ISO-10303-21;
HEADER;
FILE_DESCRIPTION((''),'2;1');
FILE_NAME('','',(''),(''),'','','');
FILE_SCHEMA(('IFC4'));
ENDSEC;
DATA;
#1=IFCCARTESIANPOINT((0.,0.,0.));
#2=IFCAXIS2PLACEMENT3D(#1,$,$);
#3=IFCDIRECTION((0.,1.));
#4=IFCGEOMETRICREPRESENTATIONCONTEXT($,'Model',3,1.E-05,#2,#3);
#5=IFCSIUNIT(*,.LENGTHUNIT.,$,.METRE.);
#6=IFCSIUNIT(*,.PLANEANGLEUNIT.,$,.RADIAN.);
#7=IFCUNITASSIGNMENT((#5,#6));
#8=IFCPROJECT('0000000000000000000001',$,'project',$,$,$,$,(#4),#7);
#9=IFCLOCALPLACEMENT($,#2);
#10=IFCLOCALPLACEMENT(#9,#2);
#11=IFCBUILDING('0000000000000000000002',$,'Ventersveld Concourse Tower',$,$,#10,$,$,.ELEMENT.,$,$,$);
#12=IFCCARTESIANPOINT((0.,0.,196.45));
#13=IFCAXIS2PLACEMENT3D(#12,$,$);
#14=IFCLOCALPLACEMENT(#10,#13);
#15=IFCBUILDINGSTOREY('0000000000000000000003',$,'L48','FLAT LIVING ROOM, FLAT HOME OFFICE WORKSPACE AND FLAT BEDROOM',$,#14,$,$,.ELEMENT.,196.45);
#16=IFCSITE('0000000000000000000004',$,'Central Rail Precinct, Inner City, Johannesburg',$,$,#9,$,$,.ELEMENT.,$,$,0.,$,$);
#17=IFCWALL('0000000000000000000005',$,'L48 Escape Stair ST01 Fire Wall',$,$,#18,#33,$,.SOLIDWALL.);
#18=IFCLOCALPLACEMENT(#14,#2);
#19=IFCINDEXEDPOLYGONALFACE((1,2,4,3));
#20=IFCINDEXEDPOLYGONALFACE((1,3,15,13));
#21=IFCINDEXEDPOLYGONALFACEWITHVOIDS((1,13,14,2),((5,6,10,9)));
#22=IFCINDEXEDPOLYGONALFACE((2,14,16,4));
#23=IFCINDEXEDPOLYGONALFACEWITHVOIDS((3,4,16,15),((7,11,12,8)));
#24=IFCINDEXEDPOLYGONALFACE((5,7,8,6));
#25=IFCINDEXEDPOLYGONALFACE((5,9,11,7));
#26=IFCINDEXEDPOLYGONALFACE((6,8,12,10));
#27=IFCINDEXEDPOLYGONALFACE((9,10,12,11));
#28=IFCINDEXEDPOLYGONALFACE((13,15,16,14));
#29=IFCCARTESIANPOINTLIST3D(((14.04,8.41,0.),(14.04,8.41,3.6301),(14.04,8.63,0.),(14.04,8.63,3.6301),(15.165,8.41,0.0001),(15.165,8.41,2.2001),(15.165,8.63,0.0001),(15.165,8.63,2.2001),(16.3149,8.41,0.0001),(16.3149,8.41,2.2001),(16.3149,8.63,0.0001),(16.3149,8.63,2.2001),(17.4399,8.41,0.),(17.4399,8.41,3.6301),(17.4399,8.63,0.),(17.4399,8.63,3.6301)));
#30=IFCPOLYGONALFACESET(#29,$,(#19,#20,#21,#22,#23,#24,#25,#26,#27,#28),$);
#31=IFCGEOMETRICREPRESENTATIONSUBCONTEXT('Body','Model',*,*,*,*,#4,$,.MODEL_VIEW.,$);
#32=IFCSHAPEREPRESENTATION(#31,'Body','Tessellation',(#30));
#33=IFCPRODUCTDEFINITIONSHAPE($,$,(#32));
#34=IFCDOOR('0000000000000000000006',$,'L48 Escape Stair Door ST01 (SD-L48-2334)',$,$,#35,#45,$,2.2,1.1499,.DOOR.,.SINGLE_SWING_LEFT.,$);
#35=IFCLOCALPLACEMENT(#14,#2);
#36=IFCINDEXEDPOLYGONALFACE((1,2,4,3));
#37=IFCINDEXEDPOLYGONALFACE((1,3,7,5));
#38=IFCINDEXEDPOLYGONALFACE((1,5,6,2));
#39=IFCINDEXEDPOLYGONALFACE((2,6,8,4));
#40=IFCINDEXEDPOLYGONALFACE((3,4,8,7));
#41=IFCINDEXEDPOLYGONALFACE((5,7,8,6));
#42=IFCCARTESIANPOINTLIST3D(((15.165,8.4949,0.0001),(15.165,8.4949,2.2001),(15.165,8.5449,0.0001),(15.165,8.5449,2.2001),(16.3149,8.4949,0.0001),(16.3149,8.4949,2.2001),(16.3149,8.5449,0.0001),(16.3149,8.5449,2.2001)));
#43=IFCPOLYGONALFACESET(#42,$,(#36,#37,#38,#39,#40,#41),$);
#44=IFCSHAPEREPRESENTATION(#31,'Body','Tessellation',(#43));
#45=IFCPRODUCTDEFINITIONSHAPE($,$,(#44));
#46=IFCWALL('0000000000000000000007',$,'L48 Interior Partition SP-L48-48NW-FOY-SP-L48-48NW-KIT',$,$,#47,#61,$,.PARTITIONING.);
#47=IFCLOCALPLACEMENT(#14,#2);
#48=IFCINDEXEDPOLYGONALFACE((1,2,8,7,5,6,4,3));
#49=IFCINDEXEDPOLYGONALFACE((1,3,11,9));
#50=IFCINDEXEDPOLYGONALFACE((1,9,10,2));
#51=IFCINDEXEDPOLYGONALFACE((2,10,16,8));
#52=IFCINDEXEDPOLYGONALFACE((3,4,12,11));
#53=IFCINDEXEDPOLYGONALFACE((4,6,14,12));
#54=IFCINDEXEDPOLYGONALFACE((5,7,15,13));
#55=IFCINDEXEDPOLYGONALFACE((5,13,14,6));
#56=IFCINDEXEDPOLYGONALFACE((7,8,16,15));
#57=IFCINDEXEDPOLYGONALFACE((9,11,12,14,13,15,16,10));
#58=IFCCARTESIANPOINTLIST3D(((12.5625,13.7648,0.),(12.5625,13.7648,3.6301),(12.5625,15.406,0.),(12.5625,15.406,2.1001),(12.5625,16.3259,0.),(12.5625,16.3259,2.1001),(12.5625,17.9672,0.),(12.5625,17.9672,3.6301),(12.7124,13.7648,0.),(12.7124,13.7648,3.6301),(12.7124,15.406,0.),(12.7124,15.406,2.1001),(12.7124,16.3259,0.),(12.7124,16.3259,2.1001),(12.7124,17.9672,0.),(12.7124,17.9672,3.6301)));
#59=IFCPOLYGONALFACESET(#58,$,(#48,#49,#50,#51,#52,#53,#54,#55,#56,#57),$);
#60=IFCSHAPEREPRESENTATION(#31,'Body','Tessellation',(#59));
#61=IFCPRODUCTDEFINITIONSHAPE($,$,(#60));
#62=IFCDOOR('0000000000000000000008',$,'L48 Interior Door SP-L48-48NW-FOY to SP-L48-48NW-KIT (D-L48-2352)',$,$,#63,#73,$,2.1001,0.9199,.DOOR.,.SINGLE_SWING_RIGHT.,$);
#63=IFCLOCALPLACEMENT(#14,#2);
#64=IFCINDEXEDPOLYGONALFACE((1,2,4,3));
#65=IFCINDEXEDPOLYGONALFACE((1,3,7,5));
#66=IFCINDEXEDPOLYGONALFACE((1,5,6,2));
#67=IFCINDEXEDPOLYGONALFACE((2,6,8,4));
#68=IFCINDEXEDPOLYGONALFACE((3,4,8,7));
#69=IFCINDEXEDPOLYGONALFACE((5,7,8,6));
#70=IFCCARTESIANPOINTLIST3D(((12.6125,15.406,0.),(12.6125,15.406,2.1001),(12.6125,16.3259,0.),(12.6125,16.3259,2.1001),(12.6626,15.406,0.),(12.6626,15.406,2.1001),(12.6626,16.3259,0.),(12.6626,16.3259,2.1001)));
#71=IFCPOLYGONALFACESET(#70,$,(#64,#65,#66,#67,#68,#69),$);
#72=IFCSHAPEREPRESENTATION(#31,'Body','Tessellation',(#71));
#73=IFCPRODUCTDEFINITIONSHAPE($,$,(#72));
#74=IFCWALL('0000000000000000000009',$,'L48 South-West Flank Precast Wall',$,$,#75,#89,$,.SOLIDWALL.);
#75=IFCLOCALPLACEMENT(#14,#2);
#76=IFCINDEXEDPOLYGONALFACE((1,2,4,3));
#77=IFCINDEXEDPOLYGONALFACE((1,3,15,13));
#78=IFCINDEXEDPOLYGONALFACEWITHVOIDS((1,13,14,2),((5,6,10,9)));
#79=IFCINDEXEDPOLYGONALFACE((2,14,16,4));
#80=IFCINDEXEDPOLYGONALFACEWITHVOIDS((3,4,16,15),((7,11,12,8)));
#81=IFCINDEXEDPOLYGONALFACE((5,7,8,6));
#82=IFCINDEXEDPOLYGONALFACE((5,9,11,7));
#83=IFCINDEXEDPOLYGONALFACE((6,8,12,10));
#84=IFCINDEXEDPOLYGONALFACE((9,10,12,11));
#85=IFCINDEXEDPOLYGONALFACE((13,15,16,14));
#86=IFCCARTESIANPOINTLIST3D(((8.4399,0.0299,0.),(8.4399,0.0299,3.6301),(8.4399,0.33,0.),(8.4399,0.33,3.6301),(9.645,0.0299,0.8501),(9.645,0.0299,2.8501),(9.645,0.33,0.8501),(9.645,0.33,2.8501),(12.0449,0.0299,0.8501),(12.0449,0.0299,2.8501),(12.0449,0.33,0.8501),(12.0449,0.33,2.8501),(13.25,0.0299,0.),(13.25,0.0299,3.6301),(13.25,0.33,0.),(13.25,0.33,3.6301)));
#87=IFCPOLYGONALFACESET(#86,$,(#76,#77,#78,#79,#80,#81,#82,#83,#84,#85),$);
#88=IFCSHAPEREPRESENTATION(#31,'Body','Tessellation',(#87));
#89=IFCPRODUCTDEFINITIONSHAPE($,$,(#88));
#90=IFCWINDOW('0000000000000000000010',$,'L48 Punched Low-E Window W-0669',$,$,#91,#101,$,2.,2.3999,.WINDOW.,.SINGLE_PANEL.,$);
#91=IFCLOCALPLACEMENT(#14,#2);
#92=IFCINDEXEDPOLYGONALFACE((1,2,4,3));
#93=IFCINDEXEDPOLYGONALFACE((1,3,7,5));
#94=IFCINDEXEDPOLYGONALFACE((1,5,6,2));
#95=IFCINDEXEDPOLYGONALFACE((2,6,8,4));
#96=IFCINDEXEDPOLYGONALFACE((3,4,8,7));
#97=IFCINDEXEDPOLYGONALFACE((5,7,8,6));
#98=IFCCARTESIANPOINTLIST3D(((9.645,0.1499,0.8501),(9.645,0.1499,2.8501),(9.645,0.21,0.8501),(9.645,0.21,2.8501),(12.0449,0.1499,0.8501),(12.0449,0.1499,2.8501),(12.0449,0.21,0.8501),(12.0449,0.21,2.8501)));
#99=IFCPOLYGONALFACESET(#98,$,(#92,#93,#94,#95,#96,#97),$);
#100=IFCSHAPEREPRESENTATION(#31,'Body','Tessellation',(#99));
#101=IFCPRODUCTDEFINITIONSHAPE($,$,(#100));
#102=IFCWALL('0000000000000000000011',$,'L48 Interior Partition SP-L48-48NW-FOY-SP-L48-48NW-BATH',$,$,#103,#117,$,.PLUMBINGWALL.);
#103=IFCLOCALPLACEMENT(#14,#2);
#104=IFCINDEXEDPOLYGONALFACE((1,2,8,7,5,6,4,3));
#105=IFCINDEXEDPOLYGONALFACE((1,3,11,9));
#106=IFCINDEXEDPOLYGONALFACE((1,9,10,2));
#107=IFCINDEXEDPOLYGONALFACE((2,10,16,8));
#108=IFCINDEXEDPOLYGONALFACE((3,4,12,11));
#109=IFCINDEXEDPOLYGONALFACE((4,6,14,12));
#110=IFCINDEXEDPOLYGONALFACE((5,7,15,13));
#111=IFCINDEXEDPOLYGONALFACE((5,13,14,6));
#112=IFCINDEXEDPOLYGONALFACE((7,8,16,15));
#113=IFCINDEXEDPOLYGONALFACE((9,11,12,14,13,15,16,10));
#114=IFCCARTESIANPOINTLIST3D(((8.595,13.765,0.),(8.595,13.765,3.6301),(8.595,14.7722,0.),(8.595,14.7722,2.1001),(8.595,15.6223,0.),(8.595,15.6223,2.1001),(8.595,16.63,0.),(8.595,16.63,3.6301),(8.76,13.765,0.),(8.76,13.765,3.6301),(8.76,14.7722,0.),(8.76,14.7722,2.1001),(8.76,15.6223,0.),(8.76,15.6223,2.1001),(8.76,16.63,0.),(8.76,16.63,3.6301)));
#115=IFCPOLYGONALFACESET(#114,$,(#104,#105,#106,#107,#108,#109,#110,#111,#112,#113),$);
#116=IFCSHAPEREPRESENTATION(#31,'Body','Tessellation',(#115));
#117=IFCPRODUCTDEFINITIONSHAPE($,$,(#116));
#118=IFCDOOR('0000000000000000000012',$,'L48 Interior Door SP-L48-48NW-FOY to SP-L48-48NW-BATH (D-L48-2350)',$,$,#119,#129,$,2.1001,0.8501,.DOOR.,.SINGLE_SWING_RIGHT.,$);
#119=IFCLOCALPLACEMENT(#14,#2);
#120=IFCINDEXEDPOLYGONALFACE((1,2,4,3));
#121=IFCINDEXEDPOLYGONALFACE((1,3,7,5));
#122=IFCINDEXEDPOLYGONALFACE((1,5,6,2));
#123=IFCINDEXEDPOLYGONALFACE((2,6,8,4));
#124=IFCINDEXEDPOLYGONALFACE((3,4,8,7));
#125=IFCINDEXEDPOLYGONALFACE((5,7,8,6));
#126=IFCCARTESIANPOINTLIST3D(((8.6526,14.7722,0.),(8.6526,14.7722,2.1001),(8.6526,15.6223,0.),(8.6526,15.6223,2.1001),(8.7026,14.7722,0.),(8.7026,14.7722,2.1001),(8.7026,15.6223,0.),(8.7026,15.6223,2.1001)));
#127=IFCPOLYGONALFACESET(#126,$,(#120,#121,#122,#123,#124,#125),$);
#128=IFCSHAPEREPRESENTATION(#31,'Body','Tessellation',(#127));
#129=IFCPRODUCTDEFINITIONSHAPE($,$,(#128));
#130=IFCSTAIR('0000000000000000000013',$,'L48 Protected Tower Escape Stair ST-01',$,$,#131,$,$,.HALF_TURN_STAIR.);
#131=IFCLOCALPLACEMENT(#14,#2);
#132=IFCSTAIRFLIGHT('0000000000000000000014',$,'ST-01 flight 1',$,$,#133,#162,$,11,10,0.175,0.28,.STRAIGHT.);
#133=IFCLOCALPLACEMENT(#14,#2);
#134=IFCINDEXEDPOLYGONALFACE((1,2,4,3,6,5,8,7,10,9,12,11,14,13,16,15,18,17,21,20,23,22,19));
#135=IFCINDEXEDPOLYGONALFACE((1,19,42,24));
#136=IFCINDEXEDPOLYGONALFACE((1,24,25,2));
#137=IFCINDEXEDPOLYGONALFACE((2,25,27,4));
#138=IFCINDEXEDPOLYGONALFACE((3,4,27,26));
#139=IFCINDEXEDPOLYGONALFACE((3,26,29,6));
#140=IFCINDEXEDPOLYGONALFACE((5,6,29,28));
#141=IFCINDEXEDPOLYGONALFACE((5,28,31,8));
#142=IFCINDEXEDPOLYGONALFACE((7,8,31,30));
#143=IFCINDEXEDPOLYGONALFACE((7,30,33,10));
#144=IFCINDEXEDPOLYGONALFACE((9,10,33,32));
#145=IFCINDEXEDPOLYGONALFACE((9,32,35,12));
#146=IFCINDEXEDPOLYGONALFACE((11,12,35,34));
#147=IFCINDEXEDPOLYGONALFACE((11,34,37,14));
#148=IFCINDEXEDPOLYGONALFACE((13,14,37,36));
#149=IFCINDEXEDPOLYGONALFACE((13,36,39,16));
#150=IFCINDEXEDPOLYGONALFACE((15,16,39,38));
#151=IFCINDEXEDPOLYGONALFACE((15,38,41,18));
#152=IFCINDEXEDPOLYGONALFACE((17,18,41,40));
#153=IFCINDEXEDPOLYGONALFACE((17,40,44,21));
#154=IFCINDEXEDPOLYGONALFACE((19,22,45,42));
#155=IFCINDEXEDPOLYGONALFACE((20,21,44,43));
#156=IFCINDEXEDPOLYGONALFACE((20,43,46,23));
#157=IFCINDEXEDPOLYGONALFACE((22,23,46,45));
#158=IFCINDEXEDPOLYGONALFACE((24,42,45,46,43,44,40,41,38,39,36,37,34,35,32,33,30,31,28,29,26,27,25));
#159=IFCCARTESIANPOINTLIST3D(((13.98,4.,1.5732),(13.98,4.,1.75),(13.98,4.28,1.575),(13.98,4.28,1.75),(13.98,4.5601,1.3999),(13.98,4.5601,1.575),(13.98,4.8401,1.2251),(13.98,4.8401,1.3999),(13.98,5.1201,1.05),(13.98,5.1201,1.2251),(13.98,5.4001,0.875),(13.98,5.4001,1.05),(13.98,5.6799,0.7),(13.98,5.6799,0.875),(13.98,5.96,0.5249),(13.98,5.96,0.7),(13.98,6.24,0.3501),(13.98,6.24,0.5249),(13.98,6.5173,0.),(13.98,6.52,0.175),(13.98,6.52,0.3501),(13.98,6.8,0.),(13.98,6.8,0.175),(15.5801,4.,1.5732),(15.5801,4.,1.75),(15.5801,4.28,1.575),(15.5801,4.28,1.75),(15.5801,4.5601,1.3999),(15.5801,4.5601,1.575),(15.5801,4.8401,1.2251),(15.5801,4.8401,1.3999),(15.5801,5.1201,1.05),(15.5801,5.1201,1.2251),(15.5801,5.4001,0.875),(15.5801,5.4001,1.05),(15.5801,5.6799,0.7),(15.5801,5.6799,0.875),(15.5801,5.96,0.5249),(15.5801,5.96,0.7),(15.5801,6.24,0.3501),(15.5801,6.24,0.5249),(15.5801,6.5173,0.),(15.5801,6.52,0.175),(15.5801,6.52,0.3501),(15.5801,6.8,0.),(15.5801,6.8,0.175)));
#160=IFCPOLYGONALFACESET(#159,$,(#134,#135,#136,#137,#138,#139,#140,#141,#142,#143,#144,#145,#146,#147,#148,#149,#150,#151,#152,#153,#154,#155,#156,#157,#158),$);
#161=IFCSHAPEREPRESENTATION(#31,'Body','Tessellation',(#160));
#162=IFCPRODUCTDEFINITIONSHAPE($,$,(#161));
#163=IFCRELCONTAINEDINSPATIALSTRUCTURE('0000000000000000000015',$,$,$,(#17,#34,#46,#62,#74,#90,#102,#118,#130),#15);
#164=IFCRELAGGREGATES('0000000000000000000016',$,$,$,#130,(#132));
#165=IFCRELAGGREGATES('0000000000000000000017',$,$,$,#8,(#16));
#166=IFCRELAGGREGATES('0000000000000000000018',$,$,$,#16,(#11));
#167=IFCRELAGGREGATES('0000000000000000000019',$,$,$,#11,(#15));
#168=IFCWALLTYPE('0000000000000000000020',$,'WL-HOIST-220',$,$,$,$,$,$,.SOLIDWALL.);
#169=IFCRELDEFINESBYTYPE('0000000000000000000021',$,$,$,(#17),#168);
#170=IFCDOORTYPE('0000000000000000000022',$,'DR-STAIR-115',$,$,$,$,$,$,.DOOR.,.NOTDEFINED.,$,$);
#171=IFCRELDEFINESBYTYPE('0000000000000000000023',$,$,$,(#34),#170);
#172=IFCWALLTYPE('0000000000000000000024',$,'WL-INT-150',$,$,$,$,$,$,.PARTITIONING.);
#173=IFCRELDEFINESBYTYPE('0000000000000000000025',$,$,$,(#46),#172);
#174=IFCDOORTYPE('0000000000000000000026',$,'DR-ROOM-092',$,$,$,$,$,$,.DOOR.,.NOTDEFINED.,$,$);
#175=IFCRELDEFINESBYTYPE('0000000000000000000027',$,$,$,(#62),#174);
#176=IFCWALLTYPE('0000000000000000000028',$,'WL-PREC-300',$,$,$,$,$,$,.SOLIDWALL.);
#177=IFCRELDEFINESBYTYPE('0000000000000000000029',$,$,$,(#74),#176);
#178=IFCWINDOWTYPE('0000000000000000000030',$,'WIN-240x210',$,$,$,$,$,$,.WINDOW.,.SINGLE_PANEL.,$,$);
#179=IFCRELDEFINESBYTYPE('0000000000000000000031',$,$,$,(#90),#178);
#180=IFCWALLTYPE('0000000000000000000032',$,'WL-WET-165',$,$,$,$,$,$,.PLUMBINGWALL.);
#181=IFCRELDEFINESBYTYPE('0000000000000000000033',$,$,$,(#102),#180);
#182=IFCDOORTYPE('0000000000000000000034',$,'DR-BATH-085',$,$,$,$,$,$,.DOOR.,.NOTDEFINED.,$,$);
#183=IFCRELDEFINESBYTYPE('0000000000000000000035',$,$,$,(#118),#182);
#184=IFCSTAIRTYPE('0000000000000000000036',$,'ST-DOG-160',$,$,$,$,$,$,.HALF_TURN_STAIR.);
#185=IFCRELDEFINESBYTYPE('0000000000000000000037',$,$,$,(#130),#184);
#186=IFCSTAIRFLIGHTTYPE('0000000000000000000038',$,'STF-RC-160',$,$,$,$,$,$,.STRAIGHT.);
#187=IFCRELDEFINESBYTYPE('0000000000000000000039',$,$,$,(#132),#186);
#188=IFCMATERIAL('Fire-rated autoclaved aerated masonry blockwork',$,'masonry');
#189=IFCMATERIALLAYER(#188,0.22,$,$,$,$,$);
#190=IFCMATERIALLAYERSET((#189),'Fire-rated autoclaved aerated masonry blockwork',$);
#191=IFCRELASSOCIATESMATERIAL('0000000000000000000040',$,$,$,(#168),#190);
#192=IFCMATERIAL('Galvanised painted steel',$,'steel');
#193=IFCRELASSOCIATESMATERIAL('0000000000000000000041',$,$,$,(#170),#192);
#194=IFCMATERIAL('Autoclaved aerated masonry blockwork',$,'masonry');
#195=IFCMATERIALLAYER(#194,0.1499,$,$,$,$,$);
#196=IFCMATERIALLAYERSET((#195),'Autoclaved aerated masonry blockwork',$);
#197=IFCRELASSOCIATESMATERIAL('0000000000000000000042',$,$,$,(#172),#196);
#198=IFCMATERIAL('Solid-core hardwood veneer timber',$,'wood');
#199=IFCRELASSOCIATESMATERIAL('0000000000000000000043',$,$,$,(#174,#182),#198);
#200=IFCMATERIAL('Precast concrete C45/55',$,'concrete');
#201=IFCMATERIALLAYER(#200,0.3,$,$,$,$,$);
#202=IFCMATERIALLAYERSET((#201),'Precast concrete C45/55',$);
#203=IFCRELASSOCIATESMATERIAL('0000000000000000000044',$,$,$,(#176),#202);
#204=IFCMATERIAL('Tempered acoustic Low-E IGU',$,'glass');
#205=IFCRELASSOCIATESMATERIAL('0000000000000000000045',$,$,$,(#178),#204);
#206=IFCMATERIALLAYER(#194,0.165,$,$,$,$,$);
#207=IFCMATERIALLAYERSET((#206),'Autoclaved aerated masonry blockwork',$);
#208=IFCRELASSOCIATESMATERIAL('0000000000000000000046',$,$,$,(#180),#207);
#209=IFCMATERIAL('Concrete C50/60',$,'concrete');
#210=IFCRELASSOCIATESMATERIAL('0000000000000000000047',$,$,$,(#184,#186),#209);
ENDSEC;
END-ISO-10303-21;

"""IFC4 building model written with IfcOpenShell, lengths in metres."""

from ifc_helpers import new_model, si_unit, direction, frame, frame_2d, origin, place, context, subcontext, project, spatial, polyline, rectangle, outline, extrude, material, layer, layer_set, type_object, element, fill, aggregate, save


model = new_model("IFC4")

# Units and contexts
model_context = context("Model", 3, precision=1e-05, world=origin(), true_north=direction((0.0, 1.0)))
body_context = subcontext(model_context, "Body", "Model", "MODEL_VIEW")
ifc_project = project(units=[si_unit("LENGTHUNIT", "METRE"), si_unit("PLANEANGLEUNIT", "RADIAN")], contexts=[model_context])

# Site, building, storey
site_placement = place(None, origin())
site = spatial("IfcSite", under=ifc_project, at=site_placement, Name="Central Rail Precinct, Inner City, Johannesburg", CompositionType="ELEMENT", RefElevation=0.0)
building_placement = place(site_placement, origin())
building = spatial("IfcBuilding", under=site, at=building_placement, Name="Ventersveld Concourse Tower", CompositionType="ELEMENT")
storey_placement = place(building_placement, frame((0.0, 0.0, 196.45)))
storey = spatial("IfcBuildingStorey", under=building, at=storey_placement, Name="L48", Description="FLAT LIVING ROOM, FLAT HOME OFFICE WORKSPACE AND FLAT BEDROOM", CompositionType="ELEMENT", Elevation=196.45)

# Shared definitions
ifc_material_1 = material(Name="Concrete C50/60", Category="concrete")

# Walls, openings, doors
ifc_material_2 = material(Name="Fire-rated autoclaved aerated masonry blockwork", Category="masonry")
ifc_layer_1 = layer(ifc_material_2, 0.22)
ifc_layer_set_1 = layer_set([ifc_layer_1], Name="Fire-rated autoclaved aerated masonry blockwork")
wall_type_1 = type_object("IfcWallType", Name="WL-HOIST-220", PredefinedType="SOLIDWALL", material=ifc_layer_set_1)
wall_1_placement = place(storey_placement, frame((14.04, 8.52, 0.0), z_axis=(0.0, 0.0, 1.0), x_axis=(1.0, 0.0, 0.0)))
wall_1 = element("IfcWall", 1, at=wall_1_placement, inside=storey, type_object=wall_type_1, Name="L48 Escape Stair ST01 Fire Wall", PredefinedType="SOLIDWALL", context=body_context, shape_type="SweptSolid", body=[
    extrude(rectangle(XDim=3.3999, YDim=0.22, at=frame_2d((1.7, 0.0))), origin(), (0.0, 0.0, 1.0), 3.6301),
])
opening_1_placement = place(wall_1_placement, frame((1.125, 0.0, 0.0)))
opening_1 = element("IfcOpeningElement", 2, at=opening_1_placement, cuts=wall_1, PredefinedType="OPENING", context=body_context, shape_type="SweptSolid", body=[
    extrude(rectangle(XDim=1.1499, YDim=2.2, at=frame_2d((0.575, 1.1001))), frame((0.0, 0.1201, 0.0), z_axis=(0.0, -1.0, 0.0), x_axis=(1.0, 0.0, 0.0)), (0.0, 0.0, 1.0), 0.24),
])
ifc_material_3 = material(Name="Galvanised painted steel", Category="steel")
door_type_1 = type_object("IfcDoorType", Name="DR-STAIR-115", OperationType="NOTDEFINED", PredefinedType="DOOR", material=ifc_material_3)
door_1_placement = place(opening_1_placement, origin())
door_1 = element("IfcDoor", 3, at=door_1_placement, inside=storey, type_object=door_type_1, Name="L48 Escape Stair Door ST01 (SD-L48-2334)", OperationType="SINGLE_SWING_LEFT", OverallHeight=2.2, OverallWidth=1.1499, PredefinedType="DOOR", context=body_context, shape_type="SweptSolid", body=[
    extrude(rectangle(XDim=1.1499, YDim=2.2, at=frame_2d((0.575, 1.1001))), frame((0.0, 0.0249, 0.0), z_axis=(0.0, -1.0, 0.0), x_axis=(1.0, 0.0, 0.0)), (0.0, 0.0, 1.0), 0.05),
])
fill(opening_1, door_1)
ifc_material_4 = material(Name="Autoclaved aerated masonry blockwork", Category="masonry")
ifc_layer_2 = layer(ifc_material_4, 0.1499)
ifc_layer_set_2 = layer_set([ifc_layer_2], Name="Autoclaved aerated masonry blockwork")
wall_type_2 = type_object("IfcWallType", Name="WL-INT-150", PredefinedType="PARTITIONING", material=ifc_layer_set_2)
wall_2_placement = place(storey_placement, frame((12.6375, 13.7649, 0.0), z_axis=(0.0, 0.0, 1.0), x_axis=(0.0, 1.0, 0.0)))
wall_2 = element("IfcWall", 4, at=wall_2_placement, inside=storey, type_object=wall_type_2, Name="L48 Interior Partition SP-L48-48NW-FOY-SP-L48-48NW-KIT", PredefinedType="PARTITIONING", context=body_context, shape_type="SweptSolid", body=[
    extrude(rectangle(XDim=4.2024, YDim=0.1499, at=frame_2d((2.1011, 0.0))), origin(), (0.0, 0.0, 1.0), 3.6301),
])
opening_2_placement = place(wall_2_placement, frame((1.6411, 0.0, 0.0)))
opening_2 = element("IfcOpeningElement", 5, at=opening_2_placement, cuts=wall_2, PredefinedType="OPENING", context=body_context, shape_type="SweptSolid", body=[
    extrude(rectangle(XDim=0.9199, YDim=2.1001, at=frame_2d((0.46, 1.05))), frame((0.0, 0.085, 0.0), z_axis=(0.0, -1.0, 0.0), x_axis=(1.0, 0.0, 0.0)), (0.0, 0.0, 1.0), 0.1699),
])
ifc_material_5 = material(Name="Solid-core hardwood veneer timber", Category="wood")
door_type_2 = type_object("IfcDoorType", Name="DR-ROOM-092", OperationType="NOTDEFINED", PredefinedType="DOOR", material=ifc_material_5)
door_2_placement = place(opening_2_placement, origin())
door_2 = element("IfcDoor", 6, at=door_2_placement, inside=storey, type_object=door_type_2, Name="L48 Interior Door SP-L48-48NW-FOY to SP-L48-48NW-KIT (D-L48-2352)", OperationType="SINGLE_SWING_RIGHT", OverallHeight=2.1001, OverallWidth=0.9199, PredefinedType="DOOR", context=body_context, shape_type="SweptSolid", body=[
    extrude(rectangle(XDim=0.9199, YDim=2.1001, at=frame_2d((0.46, 1.05))), frame((0.0, 0.0249, 0.0), z_axis=(0.0, -1.0, 0.0), x_axis=(1.0, 0.0, 0.0)), (0.0, 0.0, 1.0), 0.05),
])
fill(opening_2, door_2)

# Wall, opening, window
ifc_material_6 = material(Name="Precast concrete C45/55", Category="concrete")
ifc_layer_3 = layer(ifc_material_6, 0.3)
ifc_layer_set_3 = layer_set([ifc_layer_3], Name="Precast concrete C45/55")
wall_type_3 = type_object("IfcWallType", Name="WL-PREC-300", PredefinedType="SOLIDWALL", material=ifc_layer_set_3)
wall_3_placement = place(storey_placement, frame((8.4399, 0.1799, 0.0), z_axis=(0.0, 0.0, 1.0), x_axis=(1.0, 0.0, 0.0)))
wall_3 = element("IfcWall", 7, at=wall_3_placement, inside=storey, type_object=wall_type_3, Name="L48 South-West Flank Precast Wall", PredefinedType="SOLIDWALL", context=body_context, shape_type="SweptSolid", body=[
    extrude(rectangle(XDim=4.8101, YDim=0.3, at=frame_2d((2.405, 0.0))), origin(), (0.0, 0.0, 1.0), 3.6301),
])
opening_3_placement = place(wall_3_placement, frame((1.2051, 0.0, 0.8501)))
opening_3 = element("IfcOpeningElement", 8, at=opening_3_placement, cuts=wall_3, PredefinedType="OPENING", context=body_context, shape_type="SweptSolid", body=[
    extrude(rectangle(XDim=2.3999, YDim=2.0, at=frame_2d((1.2, 1.0))), frame((0.0, 0.1602, 0.0), z_axis=(0.0, -1.0, 0.0), x_axis=(1.0, 0.0, 0.0)), (0.0, 0.0, 1.0), 0.3201),
])
ifc_material_7 = material(Name="Tempered acoustic Low-E IGU", Category="glass")
window_type = type_object("IfcWindowType", Name="WIN-240x210", PartitioningType="SINGLE_PANEL", PredefinedType="WINDOW", material=ifc_material_7)
window_placement = place(opening_3_placement, origin())
window = element("IfcWindow", 9, at=window_placement, inside=storey, type_object=window_type, Name="L48 Punched Low-E Window W-0669", OverallHeight=2.0, OverallWidth=2.3999, PartitioningType="SINGLE_PANEL", PredefinedType="WINDOW", context=body_context, shape_type="SweptSolid", body=[
    extrude(rectangle(XDim=2.3999, YDim=2.0, at=frame_2d((1.2, 1.0))), frame((0.0, 0.03, 0.0), z_axis=(0.0, -1.0, 0.0), x_axis=(1.0, 0.0, 0.0)), (0.0, 0.0, 1.0), 0.0601),
])
fill(opening_3, window)

# Wall, opening, door
ifc_layer_4 = layer(ifc_material_4, 0.165)
ifc_layer_set_4 = layer_set([ifc_layer_4], Name="Autoclaved aerated masonry blockwork")
wall_type_4 = type_object("IfcWallType", Name="WL-WET-165", PredefinedType="PLUMBINGWALL", material=ifc_layer_set_4)
wall_4_placement = place(storey_placement, frame((8.6775, 13.7649, 0.0), z_axis=(0.0, 0.0, 1.0), x_axis=(0.0, 1.0, 0.0)))
wall_4 = element("IfcWall", 10, at=wall_4_placement, inside=storey, type_object=wall_type_4, Name="L48 Interior Partition SP-L48-48NW-FOY-SP-L48-48NW-BATH", PredefinedType="PLUMBINGWALL", context=body_context, shape_type="SweptSolid", body=[
    extrude(rectangle(XDim=2.865, YDim=0.165, at=frame_2d((1.4326, 0.0))), origin(), (0.0, 0.0, 1.0), 3.6301),
])
opening_4_placement = place(wall_4_placement, frame((1.0073, 0.0, 0.0)))
opening_4 = element("IfcOpeningElement", 11, at=opening_4_placement, cuts=wall_4, PredefinedType="OPENING", context=body_context, shape_type="SweptSolid", body=[
    extrude(rectangle(XDim=0.8501, YDim=2.1001, at=frame_2d((0.425, 1.05))), frame((0.0, 0.0925, 0.0), z_axis=(0.0, -1.0, 0.0), x_axis=(1.0, 0.0, 0.0)), (0.0, 0.0, 1.0), 0.1851),
])
door_type_3 = type_object("IfcDoorType", Name="DR-BATH-085", OperationType="NOTDEFINED", PredefinedType="DOOR", material=ifc_material_5)
door_3_placement = place(opening_4_placement, origin())
door_3 = element("IfcDoor", 12, at=door_3_placement, inside=storey, type_object=door_type_3, Name="L48 Interior Door SP-L48-48NW-FOY to SP-L48-48NW-BATH (D-L48-2350)", OperationType="SINGLE_SWING_RIGHT", OverallHeight=2.1001, OverallWidth=0.8501, PredefinedType="DOOR", context=body_context, shape_type="SweptSolid", body=[
    extrude(rectangle(XDim=0.8501, YDim=2.1001, at=frame_2d((0.425, 1.05))), frame((0.0, 0.0249, 0.0), z_axis=(0.0, -1.0, 0.0), x_axis=(1.0, 0.0, 0.0)), (0.0, 0.0, 1.0), 0.05),
])
fill(opening_4, door_3)

# Stair, stair flight
stair_type = type_object("IfcStairType", Name="ST-DOG-160", PredefinedType="HALF_TURN_STAIR", material=ifc_material_1)
stair_placement = place(storey_placement, origin())
stair = element("IfcStair", 13, at=stair_placement, inside=storey, type_object=stair_type, Name="L48 Protected Tower Escape Stair ST-01", PredefinedType="HALF_TURN_STAIR")
stair_flight_type = type_object("IfcStairFlightType", Name="STF-RC-160", PredefinedType="STRAIGHT", material=ifc_material_1)
stair_flight_placement = place(storey_placement, frame((14.78, 6.8, 0.0), z_axis=(0.0, 0.0, 1.0), x_axis=(0.0, -1.0, 0.0)))
stair_flight = element("IfcStairFlight", 14, at=stair_flight_placement, type_object=stair_flight_type, Name="ST-01 flight 1", NumberOfRisers=11, NumberOfTreads=10, PredefinedType="STRAIGHT", RiserHeight=0.175, TreadLength=0.28, context=body_context, shape_type="SweptSolid", body=[
    extrude(outline(polyline([(0.0, 0.0), (0.0, 0.175), (0.28, 0.175), (0.28, 0.3501), (0.5601, 0.3501), (0.5601, 0.5249), (0.8401, 0.5249), (0.8401, 0.7), (1.1201, 0.7), (1.1201, 0.875), (1.3999, 0.875), (1.3999, 1.05), (1.6799, 1.05), (1.6799, 1.2251), (1.96, 1.2251), (1.96, 1.3999), (2.24, 1.3999), (2.24, 1.575), (2.52, 1.575), (2.52, 1.75), (2.8, 1.75), (2.8, 1.925), (2.8, 1.5732), (0.2827, 0.0), (0.0, 0.0)])), frame((0.0, 0.8, 0.0), z_axis=(0.0, -1.0, 0.0), x_axis=(1.0, 0.0, 0.0)), (0.0, 0.0, 1.0), 1.6001),
])
aggregate(stair, [stair_flight])

save(model, "model.ifc")
